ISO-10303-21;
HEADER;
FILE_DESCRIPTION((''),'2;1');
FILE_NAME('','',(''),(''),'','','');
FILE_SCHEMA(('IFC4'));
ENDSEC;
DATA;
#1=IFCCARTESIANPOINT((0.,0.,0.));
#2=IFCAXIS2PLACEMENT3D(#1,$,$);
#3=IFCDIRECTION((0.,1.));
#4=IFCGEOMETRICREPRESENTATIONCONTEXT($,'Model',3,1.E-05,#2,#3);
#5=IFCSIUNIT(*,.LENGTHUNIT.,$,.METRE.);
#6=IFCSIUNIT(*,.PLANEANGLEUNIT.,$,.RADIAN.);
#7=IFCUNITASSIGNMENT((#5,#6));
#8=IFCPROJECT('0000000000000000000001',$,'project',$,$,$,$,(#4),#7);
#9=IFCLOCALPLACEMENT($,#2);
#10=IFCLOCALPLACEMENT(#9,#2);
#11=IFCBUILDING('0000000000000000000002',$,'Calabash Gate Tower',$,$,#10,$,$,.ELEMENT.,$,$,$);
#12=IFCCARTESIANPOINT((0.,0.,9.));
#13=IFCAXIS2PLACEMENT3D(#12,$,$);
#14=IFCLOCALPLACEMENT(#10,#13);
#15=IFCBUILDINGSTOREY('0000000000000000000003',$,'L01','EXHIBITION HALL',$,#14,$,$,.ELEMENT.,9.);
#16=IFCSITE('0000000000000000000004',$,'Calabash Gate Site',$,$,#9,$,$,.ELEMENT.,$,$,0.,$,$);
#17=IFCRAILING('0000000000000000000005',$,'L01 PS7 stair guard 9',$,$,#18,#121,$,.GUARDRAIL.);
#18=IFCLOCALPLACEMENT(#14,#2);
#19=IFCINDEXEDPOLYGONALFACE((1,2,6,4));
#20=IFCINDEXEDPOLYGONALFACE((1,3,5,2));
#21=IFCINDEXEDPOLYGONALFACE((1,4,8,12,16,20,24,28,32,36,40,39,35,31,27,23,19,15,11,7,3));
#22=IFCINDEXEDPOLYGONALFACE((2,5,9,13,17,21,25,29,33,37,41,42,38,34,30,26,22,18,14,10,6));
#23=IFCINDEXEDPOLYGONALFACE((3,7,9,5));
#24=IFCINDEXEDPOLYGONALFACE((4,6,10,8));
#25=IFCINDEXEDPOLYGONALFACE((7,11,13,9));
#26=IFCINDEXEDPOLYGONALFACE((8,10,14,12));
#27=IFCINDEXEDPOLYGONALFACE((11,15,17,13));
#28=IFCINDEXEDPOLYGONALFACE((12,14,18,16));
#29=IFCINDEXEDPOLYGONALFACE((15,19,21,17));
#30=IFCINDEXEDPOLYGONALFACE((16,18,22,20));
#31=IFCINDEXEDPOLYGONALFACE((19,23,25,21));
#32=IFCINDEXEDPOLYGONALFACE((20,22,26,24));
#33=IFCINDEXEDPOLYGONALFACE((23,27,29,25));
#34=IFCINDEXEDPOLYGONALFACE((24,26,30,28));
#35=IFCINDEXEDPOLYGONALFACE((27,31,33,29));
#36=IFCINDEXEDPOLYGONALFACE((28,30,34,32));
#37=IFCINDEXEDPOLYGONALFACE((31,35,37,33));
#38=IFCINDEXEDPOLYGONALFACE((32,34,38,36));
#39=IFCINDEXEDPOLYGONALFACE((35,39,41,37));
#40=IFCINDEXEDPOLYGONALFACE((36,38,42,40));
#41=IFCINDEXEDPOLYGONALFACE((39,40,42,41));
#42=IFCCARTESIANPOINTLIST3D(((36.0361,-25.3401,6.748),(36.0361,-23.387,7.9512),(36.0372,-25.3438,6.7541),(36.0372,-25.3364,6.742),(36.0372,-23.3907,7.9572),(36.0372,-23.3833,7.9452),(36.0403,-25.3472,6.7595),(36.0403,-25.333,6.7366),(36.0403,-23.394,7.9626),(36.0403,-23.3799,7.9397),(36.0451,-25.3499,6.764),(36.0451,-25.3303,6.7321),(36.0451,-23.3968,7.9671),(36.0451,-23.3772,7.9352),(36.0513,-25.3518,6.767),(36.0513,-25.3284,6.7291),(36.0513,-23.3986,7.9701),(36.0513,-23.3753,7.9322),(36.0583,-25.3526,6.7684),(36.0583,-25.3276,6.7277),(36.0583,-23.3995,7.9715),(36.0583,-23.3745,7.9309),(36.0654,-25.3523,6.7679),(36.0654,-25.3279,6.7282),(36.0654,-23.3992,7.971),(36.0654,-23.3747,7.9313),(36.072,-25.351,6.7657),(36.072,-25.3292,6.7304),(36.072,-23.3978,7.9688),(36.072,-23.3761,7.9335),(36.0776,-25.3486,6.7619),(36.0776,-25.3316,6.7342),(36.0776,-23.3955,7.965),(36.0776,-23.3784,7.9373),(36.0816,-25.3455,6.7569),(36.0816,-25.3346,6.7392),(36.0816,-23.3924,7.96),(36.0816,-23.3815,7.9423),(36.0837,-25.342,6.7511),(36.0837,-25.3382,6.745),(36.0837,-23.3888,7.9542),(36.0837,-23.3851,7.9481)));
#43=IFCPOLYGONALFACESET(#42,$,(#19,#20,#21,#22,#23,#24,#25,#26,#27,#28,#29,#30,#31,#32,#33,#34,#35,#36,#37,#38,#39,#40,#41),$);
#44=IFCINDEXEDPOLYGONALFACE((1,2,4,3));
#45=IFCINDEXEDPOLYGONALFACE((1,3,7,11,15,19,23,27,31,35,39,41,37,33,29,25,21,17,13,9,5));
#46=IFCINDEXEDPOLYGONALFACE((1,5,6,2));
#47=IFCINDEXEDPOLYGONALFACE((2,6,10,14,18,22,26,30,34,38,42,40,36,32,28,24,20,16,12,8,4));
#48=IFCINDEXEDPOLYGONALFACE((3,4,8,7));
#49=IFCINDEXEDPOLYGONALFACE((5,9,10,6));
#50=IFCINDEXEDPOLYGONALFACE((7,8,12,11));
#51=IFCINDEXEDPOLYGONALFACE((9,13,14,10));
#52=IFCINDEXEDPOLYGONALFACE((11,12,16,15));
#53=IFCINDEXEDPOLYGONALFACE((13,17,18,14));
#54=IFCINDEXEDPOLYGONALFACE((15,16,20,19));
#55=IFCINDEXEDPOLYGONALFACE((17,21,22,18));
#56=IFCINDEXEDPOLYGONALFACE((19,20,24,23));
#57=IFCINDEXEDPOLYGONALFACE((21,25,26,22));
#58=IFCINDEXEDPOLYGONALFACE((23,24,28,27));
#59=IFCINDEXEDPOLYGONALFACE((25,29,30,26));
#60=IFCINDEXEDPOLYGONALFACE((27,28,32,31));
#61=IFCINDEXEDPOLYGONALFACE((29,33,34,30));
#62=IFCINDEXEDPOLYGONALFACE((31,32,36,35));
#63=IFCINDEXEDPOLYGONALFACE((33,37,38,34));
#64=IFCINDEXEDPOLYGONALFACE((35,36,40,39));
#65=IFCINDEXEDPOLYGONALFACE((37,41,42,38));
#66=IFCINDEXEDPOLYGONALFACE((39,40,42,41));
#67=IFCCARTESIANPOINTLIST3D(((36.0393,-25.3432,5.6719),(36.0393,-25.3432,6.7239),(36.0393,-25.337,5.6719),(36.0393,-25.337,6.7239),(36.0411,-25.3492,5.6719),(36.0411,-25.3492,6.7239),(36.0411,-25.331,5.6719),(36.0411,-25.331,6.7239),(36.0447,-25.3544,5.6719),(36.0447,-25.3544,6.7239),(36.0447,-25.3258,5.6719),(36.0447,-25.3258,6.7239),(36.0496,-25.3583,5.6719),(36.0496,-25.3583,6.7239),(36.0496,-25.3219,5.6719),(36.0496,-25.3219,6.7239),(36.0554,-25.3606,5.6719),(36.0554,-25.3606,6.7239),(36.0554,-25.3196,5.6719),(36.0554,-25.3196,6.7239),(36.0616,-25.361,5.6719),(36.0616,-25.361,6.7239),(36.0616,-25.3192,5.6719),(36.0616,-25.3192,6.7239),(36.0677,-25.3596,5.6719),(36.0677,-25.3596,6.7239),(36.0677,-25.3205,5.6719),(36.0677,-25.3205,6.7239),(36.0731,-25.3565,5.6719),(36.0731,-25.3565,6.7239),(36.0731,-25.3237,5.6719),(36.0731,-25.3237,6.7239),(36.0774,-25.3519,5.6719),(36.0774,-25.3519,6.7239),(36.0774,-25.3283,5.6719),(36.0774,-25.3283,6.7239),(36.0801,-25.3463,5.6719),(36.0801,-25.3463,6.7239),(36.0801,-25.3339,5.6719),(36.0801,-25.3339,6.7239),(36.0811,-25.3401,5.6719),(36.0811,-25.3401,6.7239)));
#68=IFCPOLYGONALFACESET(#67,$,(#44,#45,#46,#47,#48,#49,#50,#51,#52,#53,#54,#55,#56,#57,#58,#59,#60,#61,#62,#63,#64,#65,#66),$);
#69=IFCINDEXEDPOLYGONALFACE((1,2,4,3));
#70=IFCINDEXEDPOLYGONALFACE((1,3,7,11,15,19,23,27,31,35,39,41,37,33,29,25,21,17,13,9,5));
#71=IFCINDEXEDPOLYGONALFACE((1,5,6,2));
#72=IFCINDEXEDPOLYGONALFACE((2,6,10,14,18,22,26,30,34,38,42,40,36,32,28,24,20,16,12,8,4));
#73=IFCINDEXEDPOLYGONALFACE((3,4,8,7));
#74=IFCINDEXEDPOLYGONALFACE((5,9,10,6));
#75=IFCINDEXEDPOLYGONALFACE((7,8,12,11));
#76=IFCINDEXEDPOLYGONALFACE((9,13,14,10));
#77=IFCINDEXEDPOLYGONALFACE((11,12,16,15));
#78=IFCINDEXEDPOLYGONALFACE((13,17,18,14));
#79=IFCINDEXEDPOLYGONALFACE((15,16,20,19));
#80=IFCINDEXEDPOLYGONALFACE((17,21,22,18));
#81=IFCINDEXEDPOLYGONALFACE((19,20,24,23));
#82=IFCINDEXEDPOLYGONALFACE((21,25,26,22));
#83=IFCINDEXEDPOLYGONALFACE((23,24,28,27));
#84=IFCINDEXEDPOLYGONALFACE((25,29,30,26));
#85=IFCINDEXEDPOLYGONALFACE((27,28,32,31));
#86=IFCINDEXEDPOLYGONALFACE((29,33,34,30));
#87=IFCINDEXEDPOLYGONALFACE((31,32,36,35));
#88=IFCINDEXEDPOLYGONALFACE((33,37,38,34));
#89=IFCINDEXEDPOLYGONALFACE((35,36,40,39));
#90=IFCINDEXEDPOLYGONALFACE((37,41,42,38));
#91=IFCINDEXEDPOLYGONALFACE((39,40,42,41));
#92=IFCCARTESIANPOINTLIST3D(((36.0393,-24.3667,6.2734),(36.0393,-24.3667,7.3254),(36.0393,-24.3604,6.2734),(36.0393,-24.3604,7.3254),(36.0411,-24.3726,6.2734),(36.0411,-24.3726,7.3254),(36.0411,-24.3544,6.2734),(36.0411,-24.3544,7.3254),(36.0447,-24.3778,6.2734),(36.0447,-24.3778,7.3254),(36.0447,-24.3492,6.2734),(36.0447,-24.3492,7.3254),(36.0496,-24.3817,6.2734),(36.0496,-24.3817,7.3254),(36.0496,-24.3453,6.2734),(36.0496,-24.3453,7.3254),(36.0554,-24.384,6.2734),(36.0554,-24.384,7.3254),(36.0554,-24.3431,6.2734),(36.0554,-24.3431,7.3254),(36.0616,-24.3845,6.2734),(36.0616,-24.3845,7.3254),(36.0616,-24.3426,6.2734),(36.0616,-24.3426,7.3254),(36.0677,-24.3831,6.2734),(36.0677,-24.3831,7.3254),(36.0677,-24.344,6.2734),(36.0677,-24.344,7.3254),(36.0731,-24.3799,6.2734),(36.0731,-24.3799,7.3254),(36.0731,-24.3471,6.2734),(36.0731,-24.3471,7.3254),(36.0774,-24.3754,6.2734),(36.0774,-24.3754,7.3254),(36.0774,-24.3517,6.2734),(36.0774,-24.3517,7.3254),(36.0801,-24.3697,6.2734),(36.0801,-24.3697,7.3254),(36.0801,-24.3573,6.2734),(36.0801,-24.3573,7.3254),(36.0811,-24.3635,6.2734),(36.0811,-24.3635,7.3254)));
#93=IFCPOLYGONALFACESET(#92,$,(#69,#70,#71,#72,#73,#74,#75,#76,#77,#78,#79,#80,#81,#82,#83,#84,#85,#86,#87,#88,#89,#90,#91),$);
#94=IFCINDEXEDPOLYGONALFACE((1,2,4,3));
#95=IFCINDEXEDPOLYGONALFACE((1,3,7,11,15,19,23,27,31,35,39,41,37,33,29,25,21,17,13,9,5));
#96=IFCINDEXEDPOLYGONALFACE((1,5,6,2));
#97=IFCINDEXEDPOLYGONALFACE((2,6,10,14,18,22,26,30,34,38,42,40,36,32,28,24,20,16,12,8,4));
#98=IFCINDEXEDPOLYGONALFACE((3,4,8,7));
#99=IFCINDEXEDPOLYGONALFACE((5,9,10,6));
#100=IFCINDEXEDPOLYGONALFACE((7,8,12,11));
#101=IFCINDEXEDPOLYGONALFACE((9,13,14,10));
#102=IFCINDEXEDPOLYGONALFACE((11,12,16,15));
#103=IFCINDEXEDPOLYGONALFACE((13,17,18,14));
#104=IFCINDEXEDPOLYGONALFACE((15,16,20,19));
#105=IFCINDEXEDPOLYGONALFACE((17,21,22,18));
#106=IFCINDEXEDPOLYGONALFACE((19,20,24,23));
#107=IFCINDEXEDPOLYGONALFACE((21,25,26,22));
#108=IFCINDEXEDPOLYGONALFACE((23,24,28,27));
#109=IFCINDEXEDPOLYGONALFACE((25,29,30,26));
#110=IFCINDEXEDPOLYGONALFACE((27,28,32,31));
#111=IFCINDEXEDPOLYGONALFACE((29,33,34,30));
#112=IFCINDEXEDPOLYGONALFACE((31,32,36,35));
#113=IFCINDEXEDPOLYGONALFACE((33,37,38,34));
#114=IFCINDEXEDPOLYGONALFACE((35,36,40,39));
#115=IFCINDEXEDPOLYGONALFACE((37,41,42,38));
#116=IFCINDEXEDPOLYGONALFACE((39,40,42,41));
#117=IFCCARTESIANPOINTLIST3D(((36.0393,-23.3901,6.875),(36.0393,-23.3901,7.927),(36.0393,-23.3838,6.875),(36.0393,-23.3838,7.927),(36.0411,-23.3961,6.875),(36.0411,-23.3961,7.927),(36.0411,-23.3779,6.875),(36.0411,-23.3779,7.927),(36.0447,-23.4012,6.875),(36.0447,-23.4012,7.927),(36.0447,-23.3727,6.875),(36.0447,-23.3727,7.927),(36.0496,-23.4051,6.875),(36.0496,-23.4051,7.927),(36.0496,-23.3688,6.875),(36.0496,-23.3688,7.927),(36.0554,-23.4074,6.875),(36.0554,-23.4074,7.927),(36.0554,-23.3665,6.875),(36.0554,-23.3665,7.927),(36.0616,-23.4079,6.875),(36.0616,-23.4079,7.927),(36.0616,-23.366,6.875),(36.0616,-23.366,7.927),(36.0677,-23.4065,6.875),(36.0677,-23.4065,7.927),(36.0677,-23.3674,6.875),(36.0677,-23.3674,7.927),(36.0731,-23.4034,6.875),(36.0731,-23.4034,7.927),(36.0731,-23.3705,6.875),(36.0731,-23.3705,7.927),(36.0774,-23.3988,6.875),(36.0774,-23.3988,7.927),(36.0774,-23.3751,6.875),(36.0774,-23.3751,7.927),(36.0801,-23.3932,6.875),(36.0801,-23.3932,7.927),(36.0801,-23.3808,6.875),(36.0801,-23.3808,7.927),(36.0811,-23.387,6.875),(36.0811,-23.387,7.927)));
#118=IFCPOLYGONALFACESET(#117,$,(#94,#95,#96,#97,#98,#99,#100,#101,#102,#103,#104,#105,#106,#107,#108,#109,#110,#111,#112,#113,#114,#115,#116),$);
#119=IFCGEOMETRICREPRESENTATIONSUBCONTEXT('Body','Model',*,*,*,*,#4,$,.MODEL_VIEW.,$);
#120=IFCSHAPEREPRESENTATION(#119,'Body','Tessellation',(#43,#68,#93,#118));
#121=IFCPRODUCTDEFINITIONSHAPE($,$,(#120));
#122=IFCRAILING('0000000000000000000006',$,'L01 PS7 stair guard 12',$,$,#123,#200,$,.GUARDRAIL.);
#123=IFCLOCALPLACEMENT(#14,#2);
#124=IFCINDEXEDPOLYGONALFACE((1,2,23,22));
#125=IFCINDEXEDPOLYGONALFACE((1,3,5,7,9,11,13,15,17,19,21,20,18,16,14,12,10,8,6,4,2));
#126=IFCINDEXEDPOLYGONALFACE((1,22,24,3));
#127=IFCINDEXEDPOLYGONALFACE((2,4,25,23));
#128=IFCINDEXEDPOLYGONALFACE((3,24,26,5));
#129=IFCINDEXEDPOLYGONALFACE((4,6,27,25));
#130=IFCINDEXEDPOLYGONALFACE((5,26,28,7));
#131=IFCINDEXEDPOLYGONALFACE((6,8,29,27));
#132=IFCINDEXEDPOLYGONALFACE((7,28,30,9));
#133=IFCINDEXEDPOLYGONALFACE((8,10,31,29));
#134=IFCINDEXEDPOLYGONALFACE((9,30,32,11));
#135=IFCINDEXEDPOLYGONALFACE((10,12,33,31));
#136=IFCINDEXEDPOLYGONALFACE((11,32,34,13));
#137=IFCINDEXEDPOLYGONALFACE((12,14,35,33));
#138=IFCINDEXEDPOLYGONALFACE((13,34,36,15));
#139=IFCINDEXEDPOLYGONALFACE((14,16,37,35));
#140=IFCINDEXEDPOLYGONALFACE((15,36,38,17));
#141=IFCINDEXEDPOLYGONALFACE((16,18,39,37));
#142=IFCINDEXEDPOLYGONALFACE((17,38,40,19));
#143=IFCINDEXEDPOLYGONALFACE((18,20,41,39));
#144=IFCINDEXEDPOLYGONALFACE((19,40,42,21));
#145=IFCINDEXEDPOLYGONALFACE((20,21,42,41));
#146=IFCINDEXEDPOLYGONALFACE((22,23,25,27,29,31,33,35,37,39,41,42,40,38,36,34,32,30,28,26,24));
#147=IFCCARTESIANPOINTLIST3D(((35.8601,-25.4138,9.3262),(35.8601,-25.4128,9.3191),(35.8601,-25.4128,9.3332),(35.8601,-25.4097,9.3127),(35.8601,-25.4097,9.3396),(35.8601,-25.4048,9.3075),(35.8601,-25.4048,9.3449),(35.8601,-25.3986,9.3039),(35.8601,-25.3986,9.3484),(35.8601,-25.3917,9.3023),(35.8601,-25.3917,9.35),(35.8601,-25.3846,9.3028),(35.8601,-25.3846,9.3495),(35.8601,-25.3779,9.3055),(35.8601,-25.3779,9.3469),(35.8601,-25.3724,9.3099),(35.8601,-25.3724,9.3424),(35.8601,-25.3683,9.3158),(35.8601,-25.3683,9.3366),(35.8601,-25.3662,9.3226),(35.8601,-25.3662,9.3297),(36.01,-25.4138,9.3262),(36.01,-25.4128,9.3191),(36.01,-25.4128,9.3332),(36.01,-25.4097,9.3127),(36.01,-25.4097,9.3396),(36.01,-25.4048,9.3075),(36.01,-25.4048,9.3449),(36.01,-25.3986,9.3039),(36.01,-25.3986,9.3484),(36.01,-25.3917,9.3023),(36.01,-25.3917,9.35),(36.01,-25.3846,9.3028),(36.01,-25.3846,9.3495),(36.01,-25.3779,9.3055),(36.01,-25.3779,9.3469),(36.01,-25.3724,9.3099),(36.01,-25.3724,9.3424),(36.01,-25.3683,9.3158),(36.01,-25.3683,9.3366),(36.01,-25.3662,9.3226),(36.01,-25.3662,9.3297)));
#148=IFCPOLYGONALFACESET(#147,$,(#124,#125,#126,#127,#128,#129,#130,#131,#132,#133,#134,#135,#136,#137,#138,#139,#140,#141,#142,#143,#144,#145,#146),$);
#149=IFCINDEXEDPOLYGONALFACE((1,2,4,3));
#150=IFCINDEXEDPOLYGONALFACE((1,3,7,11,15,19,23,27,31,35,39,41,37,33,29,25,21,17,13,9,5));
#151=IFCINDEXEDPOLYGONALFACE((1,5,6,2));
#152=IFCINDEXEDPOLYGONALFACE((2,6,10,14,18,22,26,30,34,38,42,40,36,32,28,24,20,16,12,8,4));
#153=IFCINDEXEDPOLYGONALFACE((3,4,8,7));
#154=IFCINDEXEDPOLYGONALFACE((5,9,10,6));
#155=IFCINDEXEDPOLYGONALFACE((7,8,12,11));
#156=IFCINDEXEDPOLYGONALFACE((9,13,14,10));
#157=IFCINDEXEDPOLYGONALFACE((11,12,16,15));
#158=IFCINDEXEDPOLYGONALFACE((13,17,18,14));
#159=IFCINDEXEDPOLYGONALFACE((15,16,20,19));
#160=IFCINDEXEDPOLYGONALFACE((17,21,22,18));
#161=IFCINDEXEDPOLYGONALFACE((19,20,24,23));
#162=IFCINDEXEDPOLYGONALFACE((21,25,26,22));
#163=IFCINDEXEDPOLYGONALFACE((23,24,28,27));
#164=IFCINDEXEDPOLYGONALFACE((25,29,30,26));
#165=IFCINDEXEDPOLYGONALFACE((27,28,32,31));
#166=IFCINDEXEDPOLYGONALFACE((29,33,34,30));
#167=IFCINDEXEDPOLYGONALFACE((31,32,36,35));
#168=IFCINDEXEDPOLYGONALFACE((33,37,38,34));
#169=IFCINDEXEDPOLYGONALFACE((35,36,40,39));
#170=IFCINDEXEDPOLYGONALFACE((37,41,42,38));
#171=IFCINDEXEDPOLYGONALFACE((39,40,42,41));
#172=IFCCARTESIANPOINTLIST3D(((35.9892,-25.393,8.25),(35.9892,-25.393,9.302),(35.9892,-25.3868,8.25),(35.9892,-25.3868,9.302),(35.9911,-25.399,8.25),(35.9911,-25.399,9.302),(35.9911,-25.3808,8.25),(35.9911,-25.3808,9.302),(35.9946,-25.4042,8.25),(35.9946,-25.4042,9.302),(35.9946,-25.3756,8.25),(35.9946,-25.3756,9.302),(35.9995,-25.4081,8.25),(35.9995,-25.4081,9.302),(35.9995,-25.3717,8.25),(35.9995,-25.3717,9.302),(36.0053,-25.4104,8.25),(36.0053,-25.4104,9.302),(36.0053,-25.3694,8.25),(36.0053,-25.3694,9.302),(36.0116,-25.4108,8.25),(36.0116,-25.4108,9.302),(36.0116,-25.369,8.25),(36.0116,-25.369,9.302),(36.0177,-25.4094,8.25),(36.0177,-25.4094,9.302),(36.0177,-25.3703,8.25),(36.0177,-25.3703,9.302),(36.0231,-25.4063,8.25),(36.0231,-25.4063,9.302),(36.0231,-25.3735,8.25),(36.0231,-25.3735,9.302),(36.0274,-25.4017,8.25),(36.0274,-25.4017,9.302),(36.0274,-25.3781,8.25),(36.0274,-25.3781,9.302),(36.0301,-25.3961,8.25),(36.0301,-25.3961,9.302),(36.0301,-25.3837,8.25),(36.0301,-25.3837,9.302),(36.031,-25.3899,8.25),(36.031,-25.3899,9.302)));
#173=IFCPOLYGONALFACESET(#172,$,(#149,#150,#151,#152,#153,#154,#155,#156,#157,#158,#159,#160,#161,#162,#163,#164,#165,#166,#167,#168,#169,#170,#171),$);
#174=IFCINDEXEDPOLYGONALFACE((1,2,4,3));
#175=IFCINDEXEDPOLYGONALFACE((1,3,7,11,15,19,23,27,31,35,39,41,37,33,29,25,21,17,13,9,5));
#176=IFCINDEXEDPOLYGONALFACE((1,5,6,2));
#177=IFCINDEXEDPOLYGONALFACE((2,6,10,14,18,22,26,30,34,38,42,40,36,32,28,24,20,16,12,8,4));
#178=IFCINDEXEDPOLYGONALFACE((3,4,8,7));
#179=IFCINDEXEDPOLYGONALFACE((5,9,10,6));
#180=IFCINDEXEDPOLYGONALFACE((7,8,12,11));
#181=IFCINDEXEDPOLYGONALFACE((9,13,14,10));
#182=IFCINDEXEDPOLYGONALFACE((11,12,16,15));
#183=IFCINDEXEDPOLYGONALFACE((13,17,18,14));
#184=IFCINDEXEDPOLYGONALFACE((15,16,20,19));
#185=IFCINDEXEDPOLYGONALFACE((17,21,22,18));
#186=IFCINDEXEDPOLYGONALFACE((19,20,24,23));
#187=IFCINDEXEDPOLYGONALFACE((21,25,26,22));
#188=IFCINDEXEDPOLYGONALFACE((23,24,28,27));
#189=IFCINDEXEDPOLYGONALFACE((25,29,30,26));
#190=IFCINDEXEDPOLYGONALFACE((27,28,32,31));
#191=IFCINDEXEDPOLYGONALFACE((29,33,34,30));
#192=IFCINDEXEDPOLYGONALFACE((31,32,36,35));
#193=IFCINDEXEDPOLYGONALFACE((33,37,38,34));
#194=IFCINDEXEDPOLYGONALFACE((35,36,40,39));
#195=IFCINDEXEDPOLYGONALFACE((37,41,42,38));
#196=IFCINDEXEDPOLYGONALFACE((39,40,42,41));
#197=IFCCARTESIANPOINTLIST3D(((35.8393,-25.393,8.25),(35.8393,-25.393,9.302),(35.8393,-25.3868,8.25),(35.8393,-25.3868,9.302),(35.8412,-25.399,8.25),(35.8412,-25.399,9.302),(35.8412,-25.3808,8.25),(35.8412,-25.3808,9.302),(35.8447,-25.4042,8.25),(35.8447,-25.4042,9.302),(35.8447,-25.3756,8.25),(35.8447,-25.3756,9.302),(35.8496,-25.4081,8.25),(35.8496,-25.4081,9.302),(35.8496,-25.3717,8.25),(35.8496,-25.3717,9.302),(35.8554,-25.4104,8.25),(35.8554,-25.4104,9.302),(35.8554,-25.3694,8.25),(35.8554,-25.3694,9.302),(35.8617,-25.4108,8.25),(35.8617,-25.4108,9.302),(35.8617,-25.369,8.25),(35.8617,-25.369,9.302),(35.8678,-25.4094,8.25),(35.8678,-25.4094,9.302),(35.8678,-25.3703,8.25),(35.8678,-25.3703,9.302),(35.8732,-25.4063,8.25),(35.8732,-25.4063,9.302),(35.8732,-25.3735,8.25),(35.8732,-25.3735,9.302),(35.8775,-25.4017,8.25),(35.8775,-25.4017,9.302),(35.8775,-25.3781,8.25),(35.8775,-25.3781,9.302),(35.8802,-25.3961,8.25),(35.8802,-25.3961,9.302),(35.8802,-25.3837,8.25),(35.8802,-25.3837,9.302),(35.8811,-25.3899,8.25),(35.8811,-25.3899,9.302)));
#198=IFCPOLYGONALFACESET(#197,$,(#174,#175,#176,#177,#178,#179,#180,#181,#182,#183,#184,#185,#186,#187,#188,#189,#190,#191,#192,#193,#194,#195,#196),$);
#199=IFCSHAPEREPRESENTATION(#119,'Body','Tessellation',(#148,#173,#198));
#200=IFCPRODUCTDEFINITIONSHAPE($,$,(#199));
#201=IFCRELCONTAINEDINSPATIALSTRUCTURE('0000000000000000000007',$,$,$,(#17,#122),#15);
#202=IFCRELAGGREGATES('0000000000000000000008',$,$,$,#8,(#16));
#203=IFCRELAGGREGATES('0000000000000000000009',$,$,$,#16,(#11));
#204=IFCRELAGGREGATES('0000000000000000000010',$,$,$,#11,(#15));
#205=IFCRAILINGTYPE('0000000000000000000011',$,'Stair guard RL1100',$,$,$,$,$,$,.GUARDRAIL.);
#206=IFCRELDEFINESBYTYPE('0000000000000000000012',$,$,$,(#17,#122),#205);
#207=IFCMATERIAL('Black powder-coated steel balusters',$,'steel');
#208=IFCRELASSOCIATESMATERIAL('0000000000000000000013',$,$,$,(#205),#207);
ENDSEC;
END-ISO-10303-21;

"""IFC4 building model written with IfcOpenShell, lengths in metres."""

from ifc_helpers import new_model, si_unit, direction, frame, origin, origin_2d, place, context, subcontext, project, spatial, circle, extrude, material, type_object, element, save


model = new_model("IFC4")

# Units and contexts
model_context = context("Model", 3, precision=1e-05, world=origin(), true_north=direction((0.0, 1.0)))
body_context = subcontext(model_context, "Body", "Model", "MODEL_VIEW")
ifc_project = project(units=[si_unit("LENGTHUNIT", "METRE"), si_unit("PLANEANGLEUNIT", "RADIAN")], contexts=[model_context])

# Site, building, storey
site_placement = place(None, origin())
site = spatial("IfcSite", under=ifc_project, at=site_placement, Name="Calabash Gate Site", CompositionType="ELEMENT", RefElevation=0.0)
building_placement = place(site_placement, origin())
building = spatial("IfcBuilding", under=site, at=building_placement, Name="Calabash Gate Tower", CompositionType="ELEMENT")
storey_placement = place(building_placement, frame((0.0, 0.0, 9.0)))
storey = spatial("IfcBuildingStorey", under=building, at=storey_placement, Name="L01", Description="EXHIBITION HALL", CompositionType="ELEMENT", Elevation=9.0)

# Railings
ifc_material_1 = material(Name="Black powder-coated steel balusters", Category="steel")
railing_type_1 = type_object("IfcRailingType", Name="Stair guard RL1100", PredefinedType="GUARDRAIL", material=ifc_material_1)
railing_1_placement = place(storey_placement, frame((36.0601, -25.3401, 5.6719)))
element("IfcRailing", 1, at=railing_1_placement, inside=storey, type_object=railing_type_1, Name="L01 PS7 stair guard 9", PredefinedType="GUARDRAIL", context=body_context, shape_type="SweptSolid", body=[
    extrude(circle(Radius=0.0239, at=origin_2d()), frame((0.0, 0.0, 1.0762), z_axis=(0.0, 0.851424, 0.524477), x_axis=(-1.0, 0.0, 0.0)), (0.0, 0.0, 1.0), 2.2939),
    extrude(circle(Radius=0.021, at=origin_2d()), origin(), (0.0, 0.0, 1.0), 1.052),
    extrude(circle(Radius=0.021, at=origin_2d()), frame((0.0, 0.9766, 0.6016)), (0.0, 0.0, 1.0), 1.052),
    extrude(circle(Radius=0.021, at=origin_2d()), frame((0.0, 1.9531, 1.2031)), (0.0, 0.0, 1.0), 1.052),
])
railing_2_placement = place(storey_placement, frame((36.01, -25.3899, 8.25)))
element("IfcRailing", 2, at=railing_2_placement, inside=storey, type_object=railing_type_1, Name="L01 PS7 stair guard 12", PredefinedType="GUARDRAIL", context=body_context, shape_type="SweptSolid", body=[
    extrude(circle(Radius=0.0239, at=origin_2d()), frame((0.0, 0.0, 1.0762), z_axis=(-1.0, 0.0, 0.0), x_axis=(0.0, -1.0, 0.0)), (0.0, 0.0, 1.0), 0.1499),
    extrude(circle(Radius=0.021, at=origin_2d()), origin(), (0.0, 0.0, 1.0), 1.052),
    extrude(circle(Radius=0.021, at=origin_2d()), frame((-0.1499, 0.0, 0.0)), (0.0, 0.0, 1.0), 1.052),
])

save(model, "model.ifc")
